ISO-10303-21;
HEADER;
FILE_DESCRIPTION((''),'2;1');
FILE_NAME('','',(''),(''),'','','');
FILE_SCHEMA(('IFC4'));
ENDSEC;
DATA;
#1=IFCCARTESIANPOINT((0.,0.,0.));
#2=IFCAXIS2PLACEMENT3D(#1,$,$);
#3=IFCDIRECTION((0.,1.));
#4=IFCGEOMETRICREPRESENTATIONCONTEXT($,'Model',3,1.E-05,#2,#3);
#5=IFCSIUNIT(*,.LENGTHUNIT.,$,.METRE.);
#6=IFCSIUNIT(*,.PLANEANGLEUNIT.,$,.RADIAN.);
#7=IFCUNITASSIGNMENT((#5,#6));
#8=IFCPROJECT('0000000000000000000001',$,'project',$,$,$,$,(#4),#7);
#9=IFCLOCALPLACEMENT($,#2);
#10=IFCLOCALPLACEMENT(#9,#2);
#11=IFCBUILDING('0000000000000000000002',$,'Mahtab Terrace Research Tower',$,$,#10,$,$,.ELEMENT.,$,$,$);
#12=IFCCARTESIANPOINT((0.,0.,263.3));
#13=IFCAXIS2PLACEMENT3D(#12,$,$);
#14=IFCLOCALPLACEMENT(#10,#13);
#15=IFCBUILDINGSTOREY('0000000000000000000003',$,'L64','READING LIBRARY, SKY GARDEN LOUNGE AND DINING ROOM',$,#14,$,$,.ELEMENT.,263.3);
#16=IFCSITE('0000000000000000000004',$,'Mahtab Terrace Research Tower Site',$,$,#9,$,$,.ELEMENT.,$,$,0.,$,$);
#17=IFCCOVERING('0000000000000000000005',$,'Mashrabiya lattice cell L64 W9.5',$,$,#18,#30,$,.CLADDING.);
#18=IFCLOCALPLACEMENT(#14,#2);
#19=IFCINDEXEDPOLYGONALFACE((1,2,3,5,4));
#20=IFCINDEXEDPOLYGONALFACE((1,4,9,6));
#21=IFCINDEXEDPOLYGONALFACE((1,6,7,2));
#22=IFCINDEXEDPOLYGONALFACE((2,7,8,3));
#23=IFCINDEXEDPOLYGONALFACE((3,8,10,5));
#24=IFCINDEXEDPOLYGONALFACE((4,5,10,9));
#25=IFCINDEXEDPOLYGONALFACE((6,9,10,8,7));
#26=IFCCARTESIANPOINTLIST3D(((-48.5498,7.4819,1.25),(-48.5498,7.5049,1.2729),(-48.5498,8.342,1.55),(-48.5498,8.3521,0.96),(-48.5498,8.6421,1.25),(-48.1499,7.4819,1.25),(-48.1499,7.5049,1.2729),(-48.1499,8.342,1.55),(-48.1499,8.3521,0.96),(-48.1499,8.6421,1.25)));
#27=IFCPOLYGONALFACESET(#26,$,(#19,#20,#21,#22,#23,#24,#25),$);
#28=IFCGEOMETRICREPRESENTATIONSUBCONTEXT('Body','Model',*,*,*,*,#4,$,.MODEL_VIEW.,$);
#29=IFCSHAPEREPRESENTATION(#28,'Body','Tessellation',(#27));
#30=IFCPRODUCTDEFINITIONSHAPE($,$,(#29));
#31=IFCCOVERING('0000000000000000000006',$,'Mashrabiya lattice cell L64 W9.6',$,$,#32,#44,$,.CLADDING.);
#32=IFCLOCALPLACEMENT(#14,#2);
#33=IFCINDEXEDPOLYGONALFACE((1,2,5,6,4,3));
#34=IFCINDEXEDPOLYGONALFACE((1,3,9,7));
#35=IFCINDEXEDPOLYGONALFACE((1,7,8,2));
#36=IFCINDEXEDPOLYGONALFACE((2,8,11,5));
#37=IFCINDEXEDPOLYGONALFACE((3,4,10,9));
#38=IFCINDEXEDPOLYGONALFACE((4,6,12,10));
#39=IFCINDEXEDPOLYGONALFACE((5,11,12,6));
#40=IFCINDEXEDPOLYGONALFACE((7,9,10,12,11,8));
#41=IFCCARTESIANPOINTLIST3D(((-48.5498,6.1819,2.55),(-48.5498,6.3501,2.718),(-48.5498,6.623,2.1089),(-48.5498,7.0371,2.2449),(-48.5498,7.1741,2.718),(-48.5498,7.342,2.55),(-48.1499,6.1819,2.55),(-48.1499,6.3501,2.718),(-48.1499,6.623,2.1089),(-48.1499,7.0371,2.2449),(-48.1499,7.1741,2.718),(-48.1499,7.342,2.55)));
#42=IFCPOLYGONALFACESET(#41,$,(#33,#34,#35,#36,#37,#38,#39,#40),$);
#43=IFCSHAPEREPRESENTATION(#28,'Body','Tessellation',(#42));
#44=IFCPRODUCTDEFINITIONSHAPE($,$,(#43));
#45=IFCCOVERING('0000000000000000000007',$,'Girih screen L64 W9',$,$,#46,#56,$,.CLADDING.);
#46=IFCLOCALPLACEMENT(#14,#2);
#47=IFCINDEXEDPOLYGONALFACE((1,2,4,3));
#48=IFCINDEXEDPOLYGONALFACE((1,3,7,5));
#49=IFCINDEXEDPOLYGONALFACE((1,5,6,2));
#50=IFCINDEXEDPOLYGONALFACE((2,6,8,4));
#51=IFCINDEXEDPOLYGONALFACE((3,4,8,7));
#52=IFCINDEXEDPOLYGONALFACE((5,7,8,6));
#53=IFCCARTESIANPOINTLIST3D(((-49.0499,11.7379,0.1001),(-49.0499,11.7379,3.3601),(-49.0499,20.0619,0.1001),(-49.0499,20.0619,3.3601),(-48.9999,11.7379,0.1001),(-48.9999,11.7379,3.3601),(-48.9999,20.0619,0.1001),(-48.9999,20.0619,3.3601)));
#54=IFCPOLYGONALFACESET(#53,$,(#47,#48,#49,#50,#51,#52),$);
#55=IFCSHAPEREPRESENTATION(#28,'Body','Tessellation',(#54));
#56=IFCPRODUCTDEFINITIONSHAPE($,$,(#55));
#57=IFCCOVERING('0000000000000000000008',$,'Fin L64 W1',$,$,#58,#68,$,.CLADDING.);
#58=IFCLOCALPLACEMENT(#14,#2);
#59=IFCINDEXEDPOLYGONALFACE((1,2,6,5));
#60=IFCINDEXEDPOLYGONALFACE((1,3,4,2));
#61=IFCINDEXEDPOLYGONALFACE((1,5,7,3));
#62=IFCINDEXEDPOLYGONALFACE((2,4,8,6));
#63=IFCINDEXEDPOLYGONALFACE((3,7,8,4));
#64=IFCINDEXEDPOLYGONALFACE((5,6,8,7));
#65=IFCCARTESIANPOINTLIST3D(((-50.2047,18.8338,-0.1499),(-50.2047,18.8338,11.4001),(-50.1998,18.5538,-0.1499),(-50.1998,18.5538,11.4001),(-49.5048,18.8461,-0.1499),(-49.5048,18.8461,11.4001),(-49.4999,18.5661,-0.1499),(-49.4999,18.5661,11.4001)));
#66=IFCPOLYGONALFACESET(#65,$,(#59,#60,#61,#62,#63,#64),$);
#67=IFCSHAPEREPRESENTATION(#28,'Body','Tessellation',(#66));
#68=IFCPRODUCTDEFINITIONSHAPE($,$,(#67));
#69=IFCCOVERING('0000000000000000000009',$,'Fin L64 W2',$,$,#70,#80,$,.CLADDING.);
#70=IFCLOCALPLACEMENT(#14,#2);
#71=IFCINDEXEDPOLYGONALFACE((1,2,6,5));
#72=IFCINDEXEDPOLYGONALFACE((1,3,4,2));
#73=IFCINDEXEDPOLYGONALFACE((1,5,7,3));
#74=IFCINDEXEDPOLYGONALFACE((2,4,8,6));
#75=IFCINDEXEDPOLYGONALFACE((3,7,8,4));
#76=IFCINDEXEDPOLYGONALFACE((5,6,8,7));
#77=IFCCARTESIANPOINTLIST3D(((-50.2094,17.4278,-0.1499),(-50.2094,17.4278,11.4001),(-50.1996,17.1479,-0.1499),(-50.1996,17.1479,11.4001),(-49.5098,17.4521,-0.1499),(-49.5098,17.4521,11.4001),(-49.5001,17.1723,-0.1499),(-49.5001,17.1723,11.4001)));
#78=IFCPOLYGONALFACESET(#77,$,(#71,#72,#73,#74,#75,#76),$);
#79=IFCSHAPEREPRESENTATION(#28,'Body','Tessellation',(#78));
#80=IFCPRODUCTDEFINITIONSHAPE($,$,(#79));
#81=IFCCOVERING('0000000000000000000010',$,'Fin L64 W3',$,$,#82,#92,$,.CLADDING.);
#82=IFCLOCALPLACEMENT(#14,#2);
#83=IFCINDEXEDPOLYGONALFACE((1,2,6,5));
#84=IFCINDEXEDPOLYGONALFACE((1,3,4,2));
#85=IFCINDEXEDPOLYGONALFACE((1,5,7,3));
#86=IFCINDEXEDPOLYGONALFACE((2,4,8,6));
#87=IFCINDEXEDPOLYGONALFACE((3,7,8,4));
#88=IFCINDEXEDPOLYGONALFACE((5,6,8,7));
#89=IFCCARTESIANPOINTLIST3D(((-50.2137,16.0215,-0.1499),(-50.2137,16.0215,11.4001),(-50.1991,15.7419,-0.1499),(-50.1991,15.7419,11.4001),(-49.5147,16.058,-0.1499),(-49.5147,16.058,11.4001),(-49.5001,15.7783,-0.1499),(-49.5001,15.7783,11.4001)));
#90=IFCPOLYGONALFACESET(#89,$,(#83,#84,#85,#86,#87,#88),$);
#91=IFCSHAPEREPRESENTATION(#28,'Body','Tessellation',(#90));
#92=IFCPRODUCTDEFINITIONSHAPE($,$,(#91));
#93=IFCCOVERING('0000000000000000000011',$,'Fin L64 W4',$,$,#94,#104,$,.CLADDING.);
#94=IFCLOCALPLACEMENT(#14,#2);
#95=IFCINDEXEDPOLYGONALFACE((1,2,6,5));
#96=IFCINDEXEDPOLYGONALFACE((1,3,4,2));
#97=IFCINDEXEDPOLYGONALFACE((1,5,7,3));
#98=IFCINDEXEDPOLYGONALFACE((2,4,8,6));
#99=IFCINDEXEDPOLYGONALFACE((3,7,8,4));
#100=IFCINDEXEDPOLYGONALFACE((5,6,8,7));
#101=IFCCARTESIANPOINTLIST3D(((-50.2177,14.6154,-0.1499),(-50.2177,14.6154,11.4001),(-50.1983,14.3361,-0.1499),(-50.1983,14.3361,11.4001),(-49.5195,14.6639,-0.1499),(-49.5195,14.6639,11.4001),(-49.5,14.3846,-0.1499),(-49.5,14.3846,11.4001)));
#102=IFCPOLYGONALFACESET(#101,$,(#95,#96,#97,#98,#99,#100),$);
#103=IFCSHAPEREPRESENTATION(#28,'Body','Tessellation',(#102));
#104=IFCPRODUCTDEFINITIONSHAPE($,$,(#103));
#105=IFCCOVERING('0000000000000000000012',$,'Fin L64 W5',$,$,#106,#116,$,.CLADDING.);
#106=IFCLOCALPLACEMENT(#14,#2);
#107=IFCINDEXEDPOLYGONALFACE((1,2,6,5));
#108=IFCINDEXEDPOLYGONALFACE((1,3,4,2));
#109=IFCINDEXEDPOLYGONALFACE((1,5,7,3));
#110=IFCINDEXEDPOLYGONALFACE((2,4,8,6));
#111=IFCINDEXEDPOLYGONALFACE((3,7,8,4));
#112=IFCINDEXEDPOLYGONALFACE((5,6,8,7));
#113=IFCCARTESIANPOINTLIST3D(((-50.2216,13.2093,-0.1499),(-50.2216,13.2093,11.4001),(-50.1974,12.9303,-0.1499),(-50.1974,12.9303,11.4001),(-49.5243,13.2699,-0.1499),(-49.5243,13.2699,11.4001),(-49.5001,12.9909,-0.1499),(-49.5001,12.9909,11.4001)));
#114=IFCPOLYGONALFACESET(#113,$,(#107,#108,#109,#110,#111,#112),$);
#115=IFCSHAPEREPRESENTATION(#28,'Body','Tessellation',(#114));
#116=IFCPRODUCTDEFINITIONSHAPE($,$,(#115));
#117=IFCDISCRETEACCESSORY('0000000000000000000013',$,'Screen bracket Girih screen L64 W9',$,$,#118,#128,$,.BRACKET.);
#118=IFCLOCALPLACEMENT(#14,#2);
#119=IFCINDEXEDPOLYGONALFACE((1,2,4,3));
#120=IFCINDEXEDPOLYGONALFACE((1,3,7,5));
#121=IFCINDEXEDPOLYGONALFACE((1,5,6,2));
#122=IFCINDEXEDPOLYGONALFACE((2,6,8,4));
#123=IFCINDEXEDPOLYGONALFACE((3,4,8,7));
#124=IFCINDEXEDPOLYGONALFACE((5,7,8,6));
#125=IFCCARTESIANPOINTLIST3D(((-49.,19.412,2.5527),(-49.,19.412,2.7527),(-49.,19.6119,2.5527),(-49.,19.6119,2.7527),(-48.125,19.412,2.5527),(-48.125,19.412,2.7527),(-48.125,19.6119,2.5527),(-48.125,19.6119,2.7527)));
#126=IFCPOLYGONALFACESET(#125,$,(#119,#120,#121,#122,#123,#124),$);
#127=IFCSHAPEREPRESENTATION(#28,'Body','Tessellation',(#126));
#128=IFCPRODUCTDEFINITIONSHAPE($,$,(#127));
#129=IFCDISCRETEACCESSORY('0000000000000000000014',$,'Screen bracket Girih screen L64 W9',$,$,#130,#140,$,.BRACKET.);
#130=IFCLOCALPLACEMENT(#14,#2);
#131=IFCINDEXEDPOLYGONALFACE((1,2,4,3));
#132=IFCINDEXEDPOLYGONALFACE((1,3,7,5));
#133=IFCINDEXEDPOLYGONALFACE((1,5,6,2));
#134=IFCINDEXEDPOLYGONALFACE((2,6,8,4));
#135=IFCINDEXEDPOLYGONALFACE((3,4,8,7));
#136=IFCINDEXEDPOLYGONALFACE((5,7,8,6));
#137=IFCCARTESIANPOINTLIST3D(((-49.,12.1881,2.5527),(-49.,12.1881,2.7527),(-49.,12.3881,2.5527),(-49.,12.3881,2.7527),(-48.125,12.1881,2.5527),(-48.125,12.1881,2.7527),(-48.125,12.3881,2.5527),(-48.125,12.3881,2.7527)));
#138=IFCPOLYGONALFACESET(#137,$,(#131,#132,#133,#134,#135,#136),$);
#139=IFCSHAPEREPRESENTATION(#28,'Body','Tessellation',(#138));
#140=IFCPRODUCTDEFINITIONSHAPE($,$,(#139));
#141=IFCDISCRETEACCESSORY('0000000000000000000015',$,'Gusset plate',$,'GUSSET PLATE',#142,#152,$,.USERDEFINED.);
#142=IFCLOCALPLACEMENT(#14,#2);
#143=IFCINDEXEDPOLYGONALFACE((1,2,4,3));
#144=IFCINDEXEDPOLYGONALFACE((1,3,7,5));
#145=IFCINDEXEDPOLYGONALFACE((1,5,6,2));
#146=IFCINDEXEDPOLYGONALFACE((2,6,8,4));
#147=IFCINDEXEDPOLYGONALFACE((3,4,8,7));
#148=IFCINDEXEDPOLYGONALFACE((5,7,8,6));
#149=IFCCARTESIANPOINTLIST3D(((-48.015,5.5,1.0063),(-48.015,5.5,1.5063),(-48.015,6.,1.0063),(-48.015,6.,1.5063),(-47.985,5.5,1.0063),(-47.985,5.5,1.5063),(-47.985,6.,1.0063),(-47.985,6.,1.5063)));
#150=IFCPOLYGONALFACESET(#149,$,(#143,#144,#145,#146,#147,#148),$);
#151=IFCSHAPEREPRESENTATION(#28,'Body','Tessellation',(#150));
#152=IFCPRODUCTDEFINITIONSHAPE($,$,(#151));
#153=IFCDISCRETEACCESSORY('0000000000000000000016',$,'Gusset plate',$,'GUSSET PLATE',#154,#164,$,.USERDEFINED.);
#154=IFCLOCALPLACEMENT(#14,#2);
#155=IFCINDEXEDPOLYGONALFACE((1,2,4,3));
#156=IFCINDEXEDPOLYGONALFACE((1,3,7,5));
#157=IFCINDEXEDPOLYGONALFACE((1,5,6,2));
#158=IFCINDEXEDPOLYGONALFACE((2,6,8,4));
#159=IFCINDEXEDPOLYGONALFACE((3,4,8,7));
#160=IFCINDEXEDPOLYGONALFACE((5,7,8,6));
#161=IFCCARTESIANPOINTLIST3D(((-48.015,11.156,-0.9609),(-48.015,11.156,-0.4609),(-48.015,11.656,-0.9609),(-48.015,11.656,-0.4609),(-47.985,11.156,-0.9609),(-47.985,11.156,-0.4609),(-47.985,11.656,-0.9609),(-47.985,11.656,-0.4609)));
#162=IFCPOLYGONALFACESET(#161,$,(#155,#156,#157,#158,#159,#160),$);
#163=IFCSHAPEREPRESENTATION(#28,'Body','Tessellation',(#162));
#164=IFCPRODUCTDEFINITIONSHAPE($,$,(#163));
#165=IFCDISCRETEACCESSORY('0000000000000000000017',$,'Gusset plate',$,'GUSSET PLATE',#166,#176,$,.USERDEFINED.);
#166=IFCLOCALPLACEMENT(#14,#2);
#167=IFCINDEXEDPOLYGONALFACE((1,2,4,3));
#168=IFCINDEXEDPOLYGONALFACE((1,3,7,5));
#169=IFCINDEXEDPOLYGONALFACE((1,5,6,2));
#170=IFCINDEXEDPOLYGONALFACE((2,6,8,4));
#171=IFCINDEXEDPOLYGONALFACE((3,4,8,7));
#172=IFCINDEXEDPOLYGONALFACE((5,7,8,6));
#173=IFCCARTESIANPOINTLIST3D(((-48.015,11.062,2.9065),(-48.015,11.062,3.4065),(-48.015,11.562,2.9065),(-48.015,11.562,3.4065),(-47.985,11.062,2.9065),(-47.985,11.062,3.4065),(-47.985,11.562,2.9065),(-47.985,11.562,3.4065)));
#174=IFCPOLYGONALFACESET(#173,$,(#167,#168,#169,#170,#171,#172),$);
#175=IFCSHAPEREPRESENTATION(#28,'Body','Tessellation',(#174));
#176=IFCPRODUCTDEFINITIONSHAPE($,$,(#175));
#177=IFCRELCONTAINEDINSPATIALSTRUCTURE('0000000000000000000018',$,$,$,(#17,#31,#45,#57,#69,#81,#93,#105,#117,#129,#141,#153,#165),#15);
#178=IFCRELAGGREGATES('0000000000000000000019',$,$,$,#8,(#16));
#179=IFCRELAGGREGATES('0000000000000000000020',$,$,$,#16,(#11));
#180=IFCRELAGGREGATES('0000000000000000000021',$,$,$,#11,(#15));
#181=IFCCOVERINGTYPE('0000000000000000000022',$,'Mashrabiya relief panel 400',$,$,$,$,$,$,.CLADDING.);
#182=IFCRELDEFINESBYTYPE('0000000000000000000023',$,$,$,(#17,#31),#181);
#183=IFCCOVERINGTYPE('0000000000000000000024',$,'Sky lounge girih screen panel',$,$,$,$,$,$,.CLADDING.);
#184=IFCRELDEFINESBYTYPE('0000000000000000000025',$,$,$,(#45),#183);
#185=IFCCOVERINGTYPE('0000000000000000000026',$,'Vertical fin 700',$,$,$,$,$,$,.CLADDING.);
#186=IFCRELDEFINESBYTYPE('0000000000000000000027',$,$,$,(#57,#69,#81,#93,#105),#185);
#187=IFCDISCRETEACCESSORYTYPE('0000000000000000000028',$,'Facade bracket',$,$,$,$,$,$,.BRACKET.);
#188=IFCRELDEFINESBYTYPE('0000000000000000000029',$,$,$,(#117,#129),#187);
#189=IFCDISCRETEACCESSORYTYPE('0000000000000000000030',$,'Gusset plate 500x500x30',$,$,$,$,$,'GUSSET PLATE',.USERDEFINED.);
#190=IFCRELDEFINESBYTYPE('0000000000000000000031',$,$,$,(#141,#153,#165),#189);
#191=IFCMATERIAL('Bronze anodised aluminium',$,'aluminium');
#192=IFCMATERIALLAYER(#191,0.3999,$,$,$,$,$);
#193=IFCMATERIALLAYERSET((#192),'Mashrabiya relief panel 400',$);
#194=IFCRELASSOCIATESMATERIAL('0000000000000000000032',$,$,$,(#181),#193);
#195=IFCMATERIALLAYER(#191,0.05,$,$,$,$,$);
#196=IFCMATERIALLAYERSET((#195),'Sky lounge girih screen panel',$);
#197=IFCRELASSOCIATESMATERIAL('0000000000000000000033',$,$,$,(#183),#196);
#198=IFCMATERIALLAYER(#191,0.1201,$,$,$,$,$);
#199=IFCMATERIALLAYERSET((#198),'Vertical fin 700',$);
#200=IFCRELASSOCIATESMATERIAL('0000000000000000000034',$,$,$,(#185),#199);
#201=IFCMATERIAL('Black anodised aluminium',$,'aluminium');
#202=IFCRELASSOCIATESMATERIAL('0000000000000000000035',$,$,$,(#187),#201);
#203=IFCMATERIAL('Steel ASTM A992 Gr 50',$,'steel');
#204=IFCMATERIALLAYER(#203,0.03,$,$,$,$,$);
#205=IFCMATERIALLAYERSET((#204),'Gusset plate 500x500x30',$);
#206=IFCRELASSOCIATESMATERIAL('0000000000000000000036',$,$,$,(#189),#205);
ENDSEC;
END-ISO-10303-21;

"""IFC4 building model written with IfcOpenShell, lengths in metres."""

from ifc_helpers import new_model, si_unit, direction, frame, origin, origin_2d, place, context, subcontext, project, spatial, polyline, rectangle, outline, extrude, material, layer, layer_set, type_object, element, save


model = new_model("IFC4")

# Units and contexts
model_context = context("Model", 3, precision=1e-05, world=origin(), true_north=direction((0.0, 1.0)))
body_context = subcontext(model_context, "Body", "Model", "MODEL_VIEW")
ifc_project = project(units=[si_unit("LENGTHUNIT", "METRE"), si_unit("PLANEANGLEUNIT", "RADIAN")], contexts=[model_context])

# Site, building, storey
site_placement = place(None, origin())
site = spatial("IfcSite", under=ifc_project, at=site_placement, Name="Mahtab Terrace Research Tower Site", CompositionType="ELEMENT", RefElevation=0.0)
building_placement = place(site_placement, origin())
building = spatial("IfcBuilding", under=site, at=building_placement, Name="Mahtab Terrace Research Tower", CompositionType="ELEMENT")
storey_placement = place(building_placement, frame((0.0, 0.0, 263.3)))
storey = spatial("IfcBuildingStorey", under=building, at=storey_placement, Name="L64", Description="READING LIBRARY, SKY GARDEN LOUNGE AND DINING ROOM", CompositionType="ELEMENT", Elevation=263.3)

# Shared definitions
ifc_material_1 = material(Name="Steel ASTM A992 Gr 50", Category="steel")

# Coverings
ifc_material_2 = material(Name="Bronze anodised aluminium", Category="aluminium")
ifc_layer_1 = layer(ifc_material_2, 0.3999)
ifc_layer_set_1 = layer_set([ifc_layer_1], Name="Mashrabiya relief panel 400")
covering_type_1 = type_object("IfcCoveringType", Name="Mashrabiya relief panel 400", PredefinedType="CLADDING", material=ifc_layer_set_1)
covering_1_placement = place(storey_placement, frame((-48.1499, 8.6421, 1.25), z_axis=(1.0, 0.0, 0.0), x_axis=(0.0, -0.707107, 0.707107)))
element("IfcCovering", 1, at=covering_1_placement, inside=storey, type_object=covering_type_1, Name="Mashrabiya lattice cell L64 W9.5", PredefinedType="CLADDING", context=body_context, shape_type="SweptSolid", body=[
    extrude(outline(polyline([(0.0, 0.0), (0.4243, 0.0), (0.8204, 0.7879), (0.8204, 0.8204), (0.0, 0.4102), (0.0, 0.0)])), origin(), (0.0, 0.0, -1.0), 0.3999),
])
covering_2_placement = place(storey_placement, frame((-48.1499, 7.342, 2.55), z_axis=(1.0, 0.0, 0.0), x_axis=(0.0, -0.707107, 0.707107)))
element("IfcCovering", 2, at=covering_2_placement, inside=storey, type_object=covering_type_1, Name="Mashrabiya lattice cell L64 W9.6", PredefinedType="CLADDING", context=body_context, shape_type="SweptSolid", body=[
    extrude(outline(polyline([(0.0, 0.0), (0.2375, 0.0), (0.8202, 0.5826), (0.8204, 0.8204), (0.1965, 0.8204), (-0.0002, 0.4314), (0.0, 0.0)])), origin(), (0.0, 0.0, -1.0), 0.3999),
])
ifc_layer_2 = layer(ifc_material_2, 0.05)
ifc_layer_set_2 = layer_set([ifc_layer_2], Name="Sky lounge girih screen panel")
covering_type_2 = type_object("IfcCoveringType", Name="Sky lounge girih screen panel", PredefinedType="CLADDING", material=ifc_layer_set_2)
covering_3_placement = place(storey_placement, frame((-49.0249, 15.8999, 0.1001), z_axis=(0.0, 0.0, 1.0), x_axis=(0.0, -1.0, 0.0)))
element("IfcCovering", 3, at=covering_3_placement, inside=storey, type_object=covering_type_2, Name="Girih screen L64 W9", PredefinedType="CLADDING", context=body_context, shape_type="SweptSolid", body=[
    extrude(rectangle(XDim=8.324, YDim=0.05, at=origin_2d()), origin(), (0.0, 0.0, 1.0), 3.26),
])
ifc_layer_3 = layer(ifc_material_2, 0.1201)
ifc_layer_set_3 = layer_set([ifc_layer_3], Name="Vertical fin 700")
covering_type_3 = type_object("IfcCoveringType", Name="Vertical fin 700", PredefinedType="CLADDING", material=ifc_layer_set_3)
for number, where, z_axis, x_axis, name in (
    (4, (-49.8523, 18.7, -0.1499), (0.0, 0.0, 1.0), (0.017462, -0.999848, 0.0), "Fin L64 W1"),
    (5, (-49.8547, 17.3, -0.1499), (0.0, 0.0, 1.0), (0.034771, -0.999395, 0.0), "Fin L64 W2"),
    (6, (-49.8569, 15.8999, -0.1499), (0.0, 0.0, 1.0), (0.052069, -0.998643, 0.0), "Fin L64 W3"),
    (7, (-49.8589, 14.5, -0.1499), (0.0, 0.0, 1.0), (0.069352, -0.997592, 0.0), "Fin L64 W4"),
    (8, (-49.8608, 13.1001, -0.1499), (0.0, 0.0, 1.0), (0.086614, -0.996242, 0.0), "Fin L64 W5"),
):
    element("IfcCovering", number, at=place(storey_placement, frame(where, z_axis=z_axis, x_axis=x_axis)), inside=storey, type_object=covering_type_3, Name=name, PredefinedType="CLADDING", context=body_context, shape_type="SweptSolid", body=[
        extrude(rectangle(XDim=0.28, YDim=0.7, at=origin_2d()), origin(), (0.0, 0.0, 1.0), 11.55),
    ])

# Discrete accessories
ifc_material_3 = material(Name="Black anodised aluminium", Category="aluminium")
discrete_accessory_type_1 = type_object("IfcDiscreteAccessoryType", Name="Facade bracket", PredefinedType="BRACKET", material=ifc_material_3)
for number, where, z_axis, x_axis, name in (
    (9, (-48.5625, 19.512, 2.5527), (0.0, 0.0, 1.0), (0.0, -1.0, 0.0), "Screen bracket Girih screen L64 W9"),
    (10, (-48.5625, 12.2881, 2.5527), (0.0, 0.0, 1.0), (0.0, -1.0, 0.0), "Screen bracket Girih screen L64 W9"),
):
    element("IfcDiscreteAccessory", number, at=place(storey_placement, frame(where, z_axis=z_axis, x_axis=x_axis)), inside=storey, type_object=discrete_accessory_type_1, Name=name, PredefinedType="BRACKET", context=body_context, shape_type="SweptSolid", body=[
        extrude(rectangle(XDim=0.2, YDim=0.875, at=origin_2d()), origin(), (0.0, 0.0, 1.0), 0.2),
    ])
ifc_layer_4 = layer(ifc_material_1, 0.03)
ifc_layer_set_4 = layer_set([ifc_layer_4], Name="Gusset plate 500x500x30")
discrete_accessory_type_2 = type_object("IfcDiscreteAccessoryType", Name="Gusset plate 500x500x30", ElementType="GUSSET PLATE", PredefinedType="USERDEFINED", material=ifc_layer_set_4)
for number, where, z_axis, x_axis, name in (
    (11, (-48.0, 5.75, 1.0063), (0.0, 0.0, 1.0), (0.0, 1.0, 0.0), "Gusset plate"),
    (12, (-48.0, 11.406, -0.9609), (0.0, 0.0, 1.0), (0.0, 1.0, 0.0), "Gusset plate"),
    (13, (-48.0, 11.312, 2.9065), (0.0, 0.0, 1.0), (0.0, 1.0, 0.0), "Gusset plate"),
):
    element("IfcDiscreteAccessory", number, at=place(storey_placement, frame(where, z_axis=z_axis, x_axis=x_axis)), inside=storey, type_object=discrete_accessory_type_2, Name=name, ObjectType="GUSSET PLATE", PredefinedType="USERDEFINED", context=body_context, shape_type="SweptSolid", body=[
        extrude(rectangle(XDim=0.5, YDim=0.03, at=origin_2d()), origin(), (0.0, 0.0, 1.0), 0.5),
    ])

save(model, "model.ifc")
